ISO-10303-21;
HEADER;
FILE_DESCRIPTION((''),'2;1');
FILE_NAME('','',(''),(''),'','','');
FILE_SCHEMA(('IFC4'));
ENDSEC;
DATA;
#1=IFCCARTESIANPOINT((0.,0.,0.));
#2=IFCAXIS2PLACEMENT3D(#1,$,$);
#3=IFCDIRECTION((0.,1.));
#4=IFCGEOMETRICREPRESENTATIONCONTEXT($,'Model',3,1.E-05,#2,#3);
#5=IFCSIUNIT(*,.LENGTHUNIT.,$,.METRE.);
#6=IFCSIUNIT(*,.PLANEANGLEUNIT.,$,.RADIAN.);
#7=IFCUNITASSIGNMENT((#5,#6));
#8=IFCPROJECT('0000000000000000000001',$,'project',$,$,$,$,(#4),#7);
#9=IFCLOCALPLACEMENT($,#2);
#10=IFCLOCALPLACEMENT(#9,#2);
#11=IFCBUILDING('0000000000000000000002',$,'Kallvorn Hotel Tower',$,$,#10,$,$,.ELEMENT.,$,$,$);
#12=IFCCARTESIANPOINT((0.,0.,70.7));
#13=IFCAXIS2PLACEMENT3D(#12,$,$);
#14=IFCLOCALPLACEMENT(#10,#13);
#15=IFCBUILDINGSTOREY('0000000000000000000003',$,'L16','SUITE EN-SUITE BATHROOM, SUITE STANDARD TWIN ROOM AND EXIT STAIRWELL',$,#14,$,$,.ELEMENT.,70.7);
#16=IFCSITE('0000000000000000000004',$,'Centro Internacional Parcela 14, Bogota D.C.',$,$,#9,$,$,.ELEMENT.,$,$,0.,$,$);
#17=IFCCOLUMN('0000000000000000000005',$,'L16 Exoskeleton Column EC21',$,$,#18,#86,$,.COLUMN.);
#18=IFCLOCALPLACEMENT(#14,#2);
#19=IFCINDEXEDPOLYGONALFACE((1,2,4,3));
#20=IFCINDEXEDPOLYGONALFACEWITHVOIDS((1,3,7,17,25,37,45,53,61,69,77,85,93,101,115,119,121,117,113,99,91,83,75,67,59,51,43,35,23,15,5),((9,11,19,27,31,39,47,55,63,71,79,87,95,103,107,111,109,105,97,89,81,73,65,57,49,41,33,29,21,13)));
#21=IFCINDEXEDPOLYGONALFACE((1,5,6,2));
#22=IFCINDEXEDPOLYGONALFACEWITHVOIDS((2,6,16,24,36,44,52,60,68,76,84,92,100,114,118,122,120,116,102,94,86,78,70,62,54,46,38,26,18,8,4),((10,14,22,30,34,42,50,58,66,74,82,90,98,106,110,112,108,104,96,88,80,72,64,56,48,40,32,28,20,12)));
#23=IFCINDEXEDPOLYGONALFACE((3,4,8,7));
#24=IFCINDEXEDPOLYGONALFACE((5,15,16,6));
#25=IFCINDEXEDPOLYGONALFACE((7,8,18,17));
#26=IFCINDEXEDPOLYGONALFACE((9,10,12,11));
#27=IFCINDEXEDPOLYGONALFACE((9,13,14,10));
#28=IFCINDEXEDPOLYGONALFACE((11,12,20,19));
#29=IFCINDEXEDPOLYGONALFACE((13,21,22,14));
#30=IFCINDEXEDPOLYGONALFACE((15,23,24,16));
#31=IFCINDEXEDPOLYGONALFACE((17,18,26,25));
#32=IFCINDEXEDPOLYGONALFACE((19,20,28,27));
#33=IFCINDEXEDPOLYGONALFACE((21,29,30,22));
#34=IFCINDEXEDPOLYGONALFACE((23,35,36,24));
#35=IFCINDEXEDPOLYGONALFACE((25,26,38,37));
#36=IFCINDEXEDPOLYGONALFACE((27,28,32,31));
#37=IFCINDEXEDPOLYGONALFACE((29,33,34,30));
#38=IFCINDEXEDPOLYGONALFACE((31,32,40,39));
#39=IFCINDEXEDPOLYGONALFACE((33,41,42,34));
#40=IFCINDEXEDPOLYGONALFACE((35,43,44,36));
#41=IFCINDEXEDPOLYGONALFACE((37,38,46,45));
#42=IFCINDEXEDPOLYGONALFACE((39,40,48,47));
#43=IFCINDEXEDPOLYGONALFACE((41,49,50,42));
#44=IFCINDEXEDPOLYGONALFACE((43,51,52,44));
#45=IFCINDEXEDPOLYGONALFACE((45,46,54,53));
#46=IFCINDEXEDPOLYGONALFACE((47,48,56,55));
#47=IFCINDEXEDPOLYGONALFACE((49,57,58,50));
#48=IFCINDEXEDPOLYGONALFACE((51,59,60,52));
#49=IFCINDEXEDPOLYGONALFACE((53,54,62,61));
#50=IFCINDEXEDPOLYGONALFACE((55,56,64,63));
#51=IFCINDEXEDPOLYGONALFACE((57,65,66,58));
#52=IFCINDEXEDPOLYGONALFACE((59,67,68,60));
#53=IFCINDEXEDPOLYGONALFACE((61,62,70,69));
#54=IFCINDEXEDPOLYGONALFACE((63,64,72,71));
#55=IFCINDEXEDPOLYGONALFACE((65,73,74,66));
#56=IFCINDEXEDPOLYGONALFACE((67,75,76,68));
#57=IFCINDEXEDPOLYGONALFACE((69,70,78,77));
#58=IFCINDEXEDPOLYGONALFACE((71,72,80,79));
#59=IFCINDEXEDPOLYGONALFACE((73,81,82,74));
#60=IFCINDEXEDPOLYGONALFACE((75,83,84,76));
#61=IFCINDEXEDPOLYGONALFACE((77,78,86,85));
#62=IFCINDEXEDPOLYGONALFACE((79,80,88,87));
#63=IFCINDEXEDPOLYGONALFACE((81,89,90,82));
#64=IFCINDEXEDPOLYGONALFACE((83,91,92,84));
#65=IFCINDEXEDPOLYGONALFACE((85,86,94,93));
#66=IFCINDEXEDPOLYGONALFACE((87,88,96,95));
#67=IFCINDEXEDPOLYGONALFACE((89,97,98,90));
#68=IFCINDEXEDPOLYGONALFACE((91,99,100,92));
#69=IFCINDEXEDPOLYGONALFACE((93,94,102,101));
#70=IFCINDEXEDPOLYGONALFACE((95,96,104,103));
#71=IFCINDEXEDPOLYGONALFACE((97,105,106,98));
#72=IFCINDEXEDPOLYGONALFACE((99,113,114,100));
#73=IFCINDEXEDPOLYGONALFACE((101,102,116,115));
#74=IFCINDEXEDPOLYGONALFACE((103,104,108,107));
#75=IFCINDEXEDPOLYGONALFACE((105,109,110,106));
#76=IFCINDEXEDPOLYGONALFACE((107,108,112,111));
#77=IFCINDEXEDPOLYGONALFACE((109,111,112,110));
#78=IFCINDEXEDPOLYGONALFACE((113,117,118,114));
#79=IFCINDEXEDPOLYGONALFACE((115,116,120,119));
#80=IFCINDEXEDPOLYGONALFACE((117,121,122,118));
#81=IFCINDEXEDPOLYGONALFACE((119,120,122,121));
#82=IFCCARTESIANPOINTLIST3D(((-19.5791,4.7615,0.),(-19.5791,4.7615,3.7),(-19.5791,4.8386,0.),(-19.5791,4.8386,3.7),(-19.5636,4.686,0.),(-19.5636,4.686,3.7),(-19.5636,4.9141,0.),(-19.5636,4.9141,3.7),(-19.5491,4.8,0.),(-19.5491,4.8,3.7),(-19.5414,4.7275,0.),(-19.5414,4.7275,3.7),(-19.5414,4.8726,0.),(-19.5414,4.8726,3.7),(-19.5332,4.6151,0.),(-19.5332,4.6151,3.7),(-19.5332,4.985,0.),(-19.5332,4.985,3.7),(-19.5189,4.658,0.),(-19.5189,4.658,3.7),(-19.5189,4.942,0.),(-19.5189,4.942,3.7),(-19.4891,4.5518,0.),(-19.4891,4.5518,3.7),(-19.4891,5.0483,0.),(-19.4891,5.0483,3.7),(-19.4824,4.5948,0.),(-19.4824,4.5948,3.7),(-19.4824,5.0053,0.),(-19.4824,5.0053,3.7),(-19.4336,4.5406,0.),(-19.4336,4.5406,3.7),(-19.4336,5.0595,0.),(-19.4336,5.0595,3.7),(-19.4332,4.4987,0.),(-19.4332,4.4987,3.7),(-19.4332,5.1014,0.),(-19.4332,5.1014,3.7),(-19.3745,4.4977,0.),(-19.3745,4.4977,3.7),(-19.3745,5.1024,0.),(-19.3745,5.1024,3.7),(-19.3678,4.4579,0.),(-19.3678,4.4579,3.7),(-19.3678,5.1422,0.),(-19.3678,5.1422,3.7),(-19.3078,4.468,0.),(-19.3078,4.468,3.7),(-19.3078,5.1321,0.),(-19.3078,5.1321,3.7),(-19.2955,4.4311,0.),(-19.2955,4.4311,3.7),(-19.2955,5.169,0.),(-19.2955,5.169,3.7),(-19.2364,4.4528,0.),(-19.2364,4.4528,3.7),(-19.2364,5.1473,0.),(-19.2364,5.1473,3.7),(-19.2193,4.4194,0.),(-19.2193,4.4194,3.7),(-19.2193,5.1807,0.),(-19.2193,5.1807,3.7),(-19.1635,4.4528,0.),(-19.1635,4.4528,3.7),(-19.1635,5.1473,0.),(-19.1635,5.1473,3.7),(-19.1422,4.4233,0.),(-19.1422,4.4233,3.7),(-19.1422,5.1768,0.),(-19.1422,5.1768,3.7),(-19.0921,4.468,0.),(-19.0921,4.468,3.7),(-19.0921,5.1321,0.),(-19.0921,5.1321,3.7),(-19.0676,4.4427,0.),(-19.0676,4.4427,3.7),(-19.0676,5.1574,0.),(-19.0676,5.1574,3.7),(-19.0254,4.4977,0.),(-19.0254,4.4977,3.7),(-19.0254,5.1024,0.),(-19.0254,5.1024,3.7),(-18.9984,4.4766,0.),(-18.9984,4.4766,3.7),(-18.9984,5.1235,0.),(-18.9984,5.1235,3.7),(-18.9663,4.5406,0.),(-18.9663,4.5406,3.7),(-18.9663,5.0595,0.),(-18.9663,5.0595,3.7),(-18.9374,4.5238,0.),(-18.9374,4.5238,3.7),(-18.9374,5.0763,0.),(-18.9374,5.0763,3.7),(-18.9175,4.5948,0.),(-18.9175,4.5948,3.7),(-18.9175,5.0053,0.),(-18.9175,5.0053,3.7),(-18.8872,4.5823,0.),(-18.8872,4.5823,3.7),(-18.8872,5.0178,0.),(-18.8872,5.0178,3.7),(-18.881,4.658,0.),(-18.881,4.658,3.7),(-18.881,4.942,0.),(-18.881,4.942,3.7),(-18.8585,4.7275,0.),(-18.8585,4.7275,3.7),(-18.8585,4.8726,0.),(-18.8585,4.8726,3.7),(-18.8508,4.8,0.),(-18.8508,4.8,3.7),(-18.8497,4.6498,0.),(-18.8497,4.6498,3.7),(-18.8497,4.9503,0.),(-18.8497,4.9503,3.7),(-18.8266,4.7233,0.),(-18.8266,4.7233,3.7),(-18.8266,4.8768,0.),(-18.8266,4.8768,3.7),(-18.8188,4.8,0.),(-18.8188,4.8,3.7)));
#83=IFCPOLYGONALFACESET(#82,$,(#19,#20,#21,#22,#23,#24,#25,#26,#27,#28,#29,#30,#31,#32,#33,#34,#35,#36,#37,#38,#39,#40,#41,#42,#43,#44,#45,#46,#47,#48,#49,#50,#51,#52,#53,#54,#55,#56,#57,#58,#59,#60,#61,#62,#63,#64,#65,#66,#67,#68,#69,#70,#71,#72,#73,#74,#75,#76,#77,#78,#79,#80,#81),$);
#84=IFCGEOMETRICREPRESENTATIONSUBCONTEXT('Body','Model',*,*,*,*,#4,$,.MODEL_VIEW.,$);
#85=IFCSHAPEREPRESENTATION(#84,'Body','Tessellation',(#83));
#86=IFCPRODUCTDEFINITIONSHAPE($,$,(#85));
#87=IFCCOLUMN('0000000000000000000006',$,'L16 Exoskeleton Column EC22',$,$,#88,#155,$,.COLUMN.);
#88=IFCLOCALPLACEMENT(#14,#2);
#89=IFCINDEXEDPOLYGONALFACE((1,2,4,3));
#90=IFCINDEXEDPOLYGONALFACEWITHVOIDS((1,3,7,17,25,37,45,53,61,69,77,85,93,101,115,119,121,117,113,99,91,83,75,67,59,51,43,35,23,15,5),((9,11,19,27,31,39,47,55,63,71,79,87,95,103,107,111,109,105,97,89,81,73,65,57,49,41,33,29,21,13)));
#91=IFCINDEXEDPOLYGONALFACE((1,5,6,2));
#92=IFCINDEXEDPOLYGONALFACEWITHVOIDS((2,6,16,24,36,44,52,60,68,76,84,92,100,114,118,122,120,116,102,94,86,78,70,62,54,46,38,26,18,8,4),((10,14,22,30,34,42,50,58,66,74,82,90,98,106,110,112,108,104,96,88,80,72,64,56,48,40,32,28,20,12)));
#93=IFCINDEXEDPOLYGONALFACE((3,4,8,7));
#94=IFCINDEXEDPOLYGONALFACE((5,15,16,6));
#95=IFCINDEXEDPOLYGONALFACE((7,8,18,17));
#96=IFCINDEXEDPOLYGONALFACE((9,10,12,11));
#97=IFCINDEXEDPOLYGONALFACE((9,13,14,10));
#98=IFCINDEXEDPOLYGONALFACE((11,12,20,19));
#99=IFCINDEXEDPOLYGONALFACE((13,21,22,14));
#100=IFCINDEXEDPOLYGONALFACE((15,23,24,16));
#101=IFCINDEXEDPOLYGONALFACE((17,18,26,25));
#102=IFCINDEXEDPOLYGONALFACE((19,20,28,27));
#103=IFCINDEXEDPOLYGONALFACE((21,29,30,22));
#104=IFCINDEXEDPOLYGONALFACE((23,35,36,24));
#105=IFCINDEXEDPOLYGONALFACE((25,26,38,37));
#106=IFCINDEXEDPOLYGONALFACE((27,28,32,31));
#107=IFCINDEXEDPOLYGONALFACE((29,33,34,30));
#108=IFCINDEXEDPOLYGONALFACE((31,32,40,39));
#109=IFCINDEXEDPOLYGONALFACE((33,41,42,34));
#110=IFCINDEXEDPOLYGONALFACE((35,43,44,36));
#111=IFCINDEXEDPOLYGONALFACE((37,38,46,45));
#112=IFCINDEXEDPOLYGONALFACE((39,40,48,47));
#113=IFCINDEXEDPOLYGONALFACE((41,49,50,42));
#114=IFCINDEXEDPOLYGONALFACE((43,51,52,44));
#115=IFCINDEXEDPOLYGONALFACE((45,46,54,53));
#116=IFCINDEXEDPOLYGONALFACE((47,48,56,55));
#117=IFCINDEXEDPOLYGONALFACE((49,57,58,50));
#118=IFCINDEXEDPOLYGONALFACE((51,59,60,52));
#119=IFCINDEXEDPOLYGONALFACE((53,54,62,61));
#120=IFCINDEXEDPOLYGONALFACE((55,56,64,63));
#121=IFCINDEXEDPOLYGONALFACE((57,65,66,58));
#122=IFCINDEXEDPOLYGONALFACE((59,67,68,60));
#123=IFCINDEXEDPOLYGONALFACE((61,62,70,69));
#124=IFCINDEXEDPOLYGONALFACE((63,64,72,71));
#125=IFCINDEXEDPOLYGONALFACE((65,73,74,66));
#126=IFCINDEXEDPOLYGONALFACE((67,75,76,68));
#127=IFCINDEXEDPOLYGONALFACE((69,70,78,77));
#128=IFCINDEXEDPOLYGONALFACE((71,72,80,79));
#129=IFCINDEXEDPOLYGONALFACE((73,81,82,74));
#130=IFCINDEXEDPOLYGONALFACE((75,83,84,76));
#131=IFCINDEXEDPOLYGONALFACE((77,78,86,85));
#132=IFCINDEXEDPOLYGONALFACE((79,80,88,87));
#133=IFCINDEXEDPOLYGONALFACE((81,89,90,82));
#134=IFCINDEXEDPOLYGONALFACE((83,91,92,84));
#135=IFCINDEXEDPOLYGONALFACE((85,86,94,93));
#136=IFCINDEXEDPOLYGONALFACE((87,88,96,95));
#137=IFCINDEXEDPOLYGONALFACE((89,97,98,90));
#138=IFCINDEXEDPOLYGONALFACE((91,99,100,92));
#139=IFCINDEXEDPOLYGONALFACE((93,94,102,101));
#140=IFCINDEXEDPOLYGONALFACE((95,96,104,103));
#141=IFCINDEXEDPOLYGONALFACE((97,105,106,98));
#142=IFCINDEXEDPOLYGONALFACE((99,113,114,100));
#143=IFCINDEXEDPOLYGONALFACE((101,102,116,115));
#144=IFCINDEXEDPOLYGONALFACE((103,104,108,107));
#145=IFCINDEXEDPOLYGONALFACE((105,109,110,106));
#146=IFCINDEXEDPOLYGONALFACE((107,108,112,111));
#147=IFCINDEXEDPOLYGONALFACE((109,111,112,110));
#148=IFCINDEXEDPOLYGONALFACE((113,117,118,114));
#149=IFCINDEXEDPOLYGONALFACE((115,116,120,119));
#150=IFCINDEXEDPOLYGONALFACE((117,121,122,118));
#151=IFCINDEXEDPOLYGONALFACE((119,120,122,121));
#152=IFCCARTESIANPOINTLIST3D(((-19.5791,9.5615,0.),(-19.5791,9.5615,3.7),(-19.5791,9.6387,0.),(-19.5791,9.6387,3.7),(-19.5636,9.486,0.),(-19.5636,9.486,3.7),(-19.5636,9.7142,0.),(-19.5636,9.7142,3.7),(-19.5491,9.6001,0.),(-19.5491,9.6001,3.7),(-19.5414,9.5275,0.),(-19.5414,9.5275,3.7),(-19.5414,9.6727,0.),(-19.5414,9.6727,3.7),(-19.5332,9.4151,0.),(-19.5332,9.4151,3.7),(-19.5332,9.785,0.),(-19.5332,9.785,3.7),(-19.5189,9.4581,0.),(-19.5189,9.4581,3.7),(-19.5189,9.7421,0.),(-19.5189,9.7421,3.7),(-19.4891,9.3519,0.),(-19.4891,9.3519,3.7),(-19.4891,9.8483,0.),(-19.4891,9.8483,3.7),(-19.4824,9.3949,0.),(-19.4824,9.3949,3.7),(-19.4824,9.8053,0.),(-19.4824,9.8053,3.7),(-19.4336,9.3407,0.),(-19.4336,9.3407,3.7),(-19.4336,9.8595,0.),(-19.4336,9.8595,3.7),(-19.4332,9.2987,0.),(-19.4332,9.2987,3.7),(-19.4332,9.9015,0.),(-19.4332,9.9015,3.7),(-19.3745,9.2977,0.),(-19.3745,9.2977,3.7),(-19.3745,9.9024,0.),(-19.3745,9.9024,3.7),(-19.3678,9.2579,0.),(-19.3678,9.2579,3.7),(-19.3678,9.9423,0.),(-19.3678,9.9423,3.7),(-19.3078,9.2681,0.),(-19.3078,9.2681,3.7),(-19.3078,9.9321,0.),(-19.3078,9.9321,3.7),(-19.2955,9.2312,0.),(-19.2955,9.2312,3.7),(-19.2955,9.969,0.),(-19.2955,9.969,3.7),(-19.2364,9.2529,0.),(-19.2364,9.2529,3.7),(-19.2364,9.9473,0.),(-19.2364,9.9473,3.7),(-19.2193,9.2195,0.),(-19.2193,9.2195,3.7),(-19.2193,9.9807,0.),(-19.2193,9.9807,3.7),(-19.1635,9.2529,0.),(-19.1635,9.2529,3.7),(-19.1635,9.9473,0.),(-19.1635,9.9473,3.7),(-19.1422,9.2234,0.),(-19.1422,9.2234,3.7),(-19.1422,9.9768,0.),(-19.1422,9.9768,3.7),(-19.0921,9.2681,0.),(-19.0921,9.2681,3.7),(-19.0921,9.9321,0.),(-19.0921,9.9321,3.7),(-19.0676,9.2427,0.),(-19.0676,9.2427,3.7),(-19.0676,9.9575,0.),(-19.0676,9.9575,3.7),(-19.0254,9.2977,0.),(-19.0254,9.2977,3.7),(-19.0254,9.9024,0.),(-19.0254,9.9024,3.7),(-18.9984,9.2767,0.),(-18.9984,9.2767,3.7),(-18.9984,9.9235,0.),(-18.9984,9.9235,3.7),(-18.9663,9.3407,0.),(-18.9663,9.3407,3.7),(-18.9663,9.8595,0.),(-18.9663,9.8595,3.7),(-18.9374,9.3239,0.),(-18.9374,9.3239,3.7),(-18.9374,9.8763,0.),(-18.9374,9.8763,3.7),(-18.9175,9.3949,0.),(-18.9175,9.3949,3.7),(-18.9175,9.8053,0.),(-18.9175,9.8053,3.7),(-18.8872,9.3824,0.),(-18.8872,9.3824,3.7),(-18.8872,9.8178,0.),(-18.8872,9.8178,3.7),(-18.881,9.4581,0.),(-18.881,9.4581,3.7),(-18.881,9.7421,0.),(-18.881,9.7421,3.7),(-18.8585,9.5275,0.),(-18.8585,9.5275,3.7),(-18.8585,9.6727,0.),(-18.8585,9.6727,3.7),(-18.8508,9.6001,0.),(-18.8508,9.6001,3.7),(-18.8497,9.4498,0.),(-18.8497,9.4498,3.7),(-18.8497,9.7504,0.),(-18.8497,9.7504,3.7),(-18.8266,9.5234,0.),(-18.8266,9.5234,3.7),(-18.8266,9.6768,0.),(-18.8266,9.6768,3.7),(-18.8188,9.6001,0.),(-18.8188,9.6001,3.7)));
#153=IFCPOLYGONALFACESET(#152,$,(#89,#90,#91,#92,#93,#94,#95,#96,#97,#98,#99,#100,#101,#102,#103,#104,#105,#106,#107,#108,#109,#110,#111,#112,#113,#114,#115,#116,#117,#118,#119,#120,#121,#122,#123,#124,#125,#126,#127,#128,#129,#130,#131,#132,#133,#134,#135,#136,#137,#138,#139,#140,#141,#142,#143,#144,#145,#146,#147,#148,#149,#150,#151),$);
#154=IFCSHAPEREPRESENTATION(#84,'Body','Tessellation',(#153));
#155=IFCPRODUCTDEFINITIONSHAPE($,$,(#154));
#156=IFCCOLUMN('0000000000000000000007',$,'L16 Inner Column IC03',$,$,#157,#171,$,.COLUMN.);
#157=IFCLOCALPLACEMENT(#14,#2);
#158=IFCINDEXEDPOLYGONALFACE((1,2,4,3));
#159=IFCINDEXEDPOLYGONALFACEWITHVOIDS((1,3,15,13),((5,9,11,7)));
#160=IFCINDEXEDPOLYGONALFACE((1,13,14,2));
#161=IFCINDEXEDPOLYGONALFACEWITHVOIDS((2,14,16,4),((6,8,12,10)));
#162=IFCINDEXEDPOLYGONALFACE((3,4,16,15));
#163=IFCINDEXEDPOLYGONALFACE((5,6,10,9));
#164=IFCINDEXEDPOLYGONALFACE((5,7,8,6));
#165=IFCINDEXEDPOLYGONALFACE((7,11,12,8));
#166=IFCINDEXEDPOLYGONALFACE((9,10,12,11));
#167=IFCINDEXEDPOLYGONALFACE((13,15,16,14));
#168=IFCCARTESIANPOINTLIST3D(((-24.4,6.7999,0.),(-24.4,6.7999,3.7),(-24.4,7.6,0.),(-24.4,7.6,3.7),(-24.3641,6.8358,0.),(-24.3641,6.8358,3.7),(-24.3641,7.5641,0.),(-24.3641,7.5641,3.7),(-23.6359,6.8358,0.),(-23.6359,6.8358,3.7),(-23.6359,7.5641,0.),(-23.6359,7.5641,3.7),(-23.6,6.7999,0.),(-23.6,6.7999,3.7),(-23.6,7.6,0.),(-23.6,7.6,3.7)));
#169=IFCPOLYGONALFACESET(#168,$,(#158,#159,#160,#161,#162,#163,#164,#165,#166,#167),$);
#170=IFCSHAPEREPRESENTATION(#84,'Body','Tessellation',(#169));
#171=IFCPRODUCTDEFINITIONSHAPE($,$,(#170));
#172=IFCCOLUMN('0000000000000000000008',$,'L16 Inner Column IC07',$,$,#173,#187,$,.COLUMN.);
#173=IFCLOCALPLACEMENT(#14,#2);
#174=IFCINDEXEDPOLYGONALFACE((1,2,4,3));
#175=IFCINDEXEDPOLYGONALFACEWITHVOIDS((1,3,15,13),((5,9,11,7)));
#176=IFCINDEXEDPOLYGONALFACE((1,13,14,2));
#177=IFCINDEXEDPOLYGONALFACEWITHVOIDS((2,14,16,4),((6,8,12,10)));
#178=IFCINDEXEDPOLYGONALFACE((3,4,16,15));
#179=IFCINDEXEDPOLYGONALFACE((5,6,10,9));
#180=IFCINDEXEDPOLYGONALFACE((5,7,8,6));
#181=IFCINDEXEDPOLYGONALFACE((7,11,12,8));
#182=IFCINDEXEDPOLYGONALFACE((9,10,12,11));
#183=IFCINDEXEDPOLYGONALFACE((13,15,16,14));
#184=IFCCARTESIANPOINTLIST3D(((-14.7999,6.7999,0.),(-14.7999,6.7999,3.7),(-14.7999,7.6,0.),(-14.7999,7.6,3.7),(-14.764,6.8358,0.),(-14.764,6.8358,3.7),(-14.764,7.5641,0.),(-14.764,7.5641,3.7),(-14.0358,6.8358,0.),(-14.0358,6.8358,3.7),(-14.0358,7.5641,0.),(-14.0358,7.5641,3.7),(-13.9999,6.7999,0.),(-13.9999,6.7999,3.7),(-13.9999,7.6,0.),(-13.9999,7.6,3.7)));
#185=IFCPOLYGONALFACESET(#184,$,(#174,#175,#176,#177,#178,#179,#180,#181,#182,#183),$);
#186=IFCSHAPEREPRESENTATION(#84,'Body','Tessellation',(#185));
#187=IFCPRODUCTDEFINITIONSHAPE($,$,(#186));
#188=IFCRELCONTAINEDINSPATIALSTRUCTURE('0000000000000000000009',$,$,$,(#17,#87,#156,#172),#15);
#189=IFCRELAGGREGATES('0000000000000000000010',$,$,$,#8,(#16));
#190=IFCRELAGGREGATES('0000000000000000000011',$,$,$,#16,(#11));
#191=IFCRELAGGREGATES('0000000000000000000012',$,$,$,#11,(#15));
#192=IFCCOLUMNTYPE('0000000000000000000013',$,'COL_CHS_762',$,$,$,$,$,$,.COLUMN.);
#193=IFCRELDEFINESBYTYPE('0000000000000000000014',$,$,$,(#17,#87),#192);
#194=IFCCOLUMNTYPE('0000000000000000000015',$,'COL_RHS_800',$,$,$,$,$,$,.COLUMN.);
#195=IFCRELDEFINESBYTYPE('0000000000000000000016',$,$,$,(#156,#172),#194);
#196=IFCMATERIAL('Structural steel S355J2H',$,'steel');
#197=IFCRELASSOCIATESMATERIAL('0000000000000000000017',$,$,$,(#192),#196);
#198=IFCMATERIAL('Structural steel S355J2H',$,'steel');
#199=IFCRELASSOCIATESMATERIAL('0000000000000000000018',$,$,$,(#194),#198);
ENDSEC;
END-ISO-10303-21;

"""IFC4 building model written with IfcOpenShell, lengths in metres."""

from ifc_helpers import new_model, si_unit, direction, frame, origin, origin_2d, place, context, subcontext, project, spatial, hollow_rectangle, hollow_circle, extrude, material, material_profile, profile_set, type_object, element, save


model = new_model("IFC4")

# Units and contexts
model_context = context("Model", 3, precision=1e-05, world=origin(), true_north=direction((0.0, 1.0)))
body_context = subcontext(model_context, "Body", "Model", "MODEL_VIEW")
ifc_project = project(units=[si_unit("LENGTHUNIT", "METRE"), si_unit("PLANEANGLEUNIT", "RADIAN")], contexts=[model_context])

# Site, building, storey
site_placement = place(None, origin())
site = spatial("IfcSite", under=ifc_project, at=site_placement, Name="Centro Internacional Parcela 14, Bogota D.C.", CompositionType="ELEMENT", RefElevation=0.0)
building_placement = place(site_placement, origin())
building = spatial("IfcBuilding", under=site, at=building_placement, Name="Kallvorn Hotel Tower", CompositionType="ELEMENT")
storey_placement = place(building_placement, frame((0.0, 0.0, 70.7)))
storey = spatial("IfcBuildingStorey", under=building, at=storey_placement, Name="L16", Description="SUITE EN-SUITE BATHROOM, SUITE STANDARD TWIN ROOM AND EXIT STAIRWELL", CompositionType="ELEMENT", Elevation=70.7)

# Columns
ifc_material_1 = material(Name="Structural steel S355J2H", Category="steel")
ifc_material_profile_1 = material_profile(ifc_material_1, hollow_circle(Radius=0.3811, WallThickness=0.032, at=origin_2d()), Name="CHS 762x32")
ifc_profile_set_1 = profile_set([ifc_material_profile_1], Name="Structural steel S355J2H")
column_type_1 = type_object("IfcColumnType", Name="COL_CHS_762", PredefinedType="COLUMN", material=ifc_profile_set_1)
for number, where, z_axis, x_axis, name in (
    (1, (-19.2, 4.8, 0.0), (0.0, 0.0, 1.0), (1.0, 0.0, 0.0), "L16 Exoskeleton Column EC21"),
    (2, (-19.2, 9.6001, 0.0), (0.0, 0.0, 1.0), (1.0, 0.0, 0.0), "L16 Exoskeleton Column EC22"),
):
    element("IfcColumn", number, at=place(storey_placement, frame(where, z_axis=z_axis, x_axis=x_axis)), inside=storey, type_object=column_type_1, Name=name, PredefinedType="COLUMN", context=body_context, shape_type="SweptSolid", body=[
        extrude(hollow_circle(Radius=0.3811, WallThickness=0.032, at=origin_2d()), origin(), (0.0, 0.0, 1.0), 3.7),
    ])
ifc_material_2 = material(Name="Structural steel S355J2H", Category="steel")
ifc_material_profile_2 = material_profile(ifc_material_2, hollow_rectangle(XDim=0.8, YDim=0.8, WallThickness=0.0359, at=origin_2d()), Name="RHS 800x800x36")
ifc_profile_set_2 = profile_set([ifc_material_profile_2], Name="Structural steel S355J2H")
column_type_2 = type_object("IfcColumnType", Name="COL_RHS_800", PredefinedType="COLUMN", material=ifc_profile_set_2)
for number, where, z_axis, x_axis, name in (
    (3, (-24.0, 7.2, 0.0), (0.0, 0.0, 1.0), (1.0, 0.0, 0.0), "L16 Inner Column IC03"),
    (4, (-14.3999, 7.2, 0.0), (0.0, 0.0, 1.0), (1.0, 0.0, 0.0), "L16 Inner Column IC07"),
):
    element("IfcColumn", number, at=place(storey_placement, frame(where, z_axis=z_axis, x_axis=x_axis)), inside=storey, type_object=column_type_2, Name=name, PredefinedType="COLUMN", context=body_context, shape_type="SweptSolid", body=[
        extrude(hollow_rectangle(XDim=0.8, YDim=0.8, WallThickness=0.0359, at=origin_2d()), origin(), (0.0, 0.0, 1.0), 3.7),
    ])

save(model, "model.ifc")
